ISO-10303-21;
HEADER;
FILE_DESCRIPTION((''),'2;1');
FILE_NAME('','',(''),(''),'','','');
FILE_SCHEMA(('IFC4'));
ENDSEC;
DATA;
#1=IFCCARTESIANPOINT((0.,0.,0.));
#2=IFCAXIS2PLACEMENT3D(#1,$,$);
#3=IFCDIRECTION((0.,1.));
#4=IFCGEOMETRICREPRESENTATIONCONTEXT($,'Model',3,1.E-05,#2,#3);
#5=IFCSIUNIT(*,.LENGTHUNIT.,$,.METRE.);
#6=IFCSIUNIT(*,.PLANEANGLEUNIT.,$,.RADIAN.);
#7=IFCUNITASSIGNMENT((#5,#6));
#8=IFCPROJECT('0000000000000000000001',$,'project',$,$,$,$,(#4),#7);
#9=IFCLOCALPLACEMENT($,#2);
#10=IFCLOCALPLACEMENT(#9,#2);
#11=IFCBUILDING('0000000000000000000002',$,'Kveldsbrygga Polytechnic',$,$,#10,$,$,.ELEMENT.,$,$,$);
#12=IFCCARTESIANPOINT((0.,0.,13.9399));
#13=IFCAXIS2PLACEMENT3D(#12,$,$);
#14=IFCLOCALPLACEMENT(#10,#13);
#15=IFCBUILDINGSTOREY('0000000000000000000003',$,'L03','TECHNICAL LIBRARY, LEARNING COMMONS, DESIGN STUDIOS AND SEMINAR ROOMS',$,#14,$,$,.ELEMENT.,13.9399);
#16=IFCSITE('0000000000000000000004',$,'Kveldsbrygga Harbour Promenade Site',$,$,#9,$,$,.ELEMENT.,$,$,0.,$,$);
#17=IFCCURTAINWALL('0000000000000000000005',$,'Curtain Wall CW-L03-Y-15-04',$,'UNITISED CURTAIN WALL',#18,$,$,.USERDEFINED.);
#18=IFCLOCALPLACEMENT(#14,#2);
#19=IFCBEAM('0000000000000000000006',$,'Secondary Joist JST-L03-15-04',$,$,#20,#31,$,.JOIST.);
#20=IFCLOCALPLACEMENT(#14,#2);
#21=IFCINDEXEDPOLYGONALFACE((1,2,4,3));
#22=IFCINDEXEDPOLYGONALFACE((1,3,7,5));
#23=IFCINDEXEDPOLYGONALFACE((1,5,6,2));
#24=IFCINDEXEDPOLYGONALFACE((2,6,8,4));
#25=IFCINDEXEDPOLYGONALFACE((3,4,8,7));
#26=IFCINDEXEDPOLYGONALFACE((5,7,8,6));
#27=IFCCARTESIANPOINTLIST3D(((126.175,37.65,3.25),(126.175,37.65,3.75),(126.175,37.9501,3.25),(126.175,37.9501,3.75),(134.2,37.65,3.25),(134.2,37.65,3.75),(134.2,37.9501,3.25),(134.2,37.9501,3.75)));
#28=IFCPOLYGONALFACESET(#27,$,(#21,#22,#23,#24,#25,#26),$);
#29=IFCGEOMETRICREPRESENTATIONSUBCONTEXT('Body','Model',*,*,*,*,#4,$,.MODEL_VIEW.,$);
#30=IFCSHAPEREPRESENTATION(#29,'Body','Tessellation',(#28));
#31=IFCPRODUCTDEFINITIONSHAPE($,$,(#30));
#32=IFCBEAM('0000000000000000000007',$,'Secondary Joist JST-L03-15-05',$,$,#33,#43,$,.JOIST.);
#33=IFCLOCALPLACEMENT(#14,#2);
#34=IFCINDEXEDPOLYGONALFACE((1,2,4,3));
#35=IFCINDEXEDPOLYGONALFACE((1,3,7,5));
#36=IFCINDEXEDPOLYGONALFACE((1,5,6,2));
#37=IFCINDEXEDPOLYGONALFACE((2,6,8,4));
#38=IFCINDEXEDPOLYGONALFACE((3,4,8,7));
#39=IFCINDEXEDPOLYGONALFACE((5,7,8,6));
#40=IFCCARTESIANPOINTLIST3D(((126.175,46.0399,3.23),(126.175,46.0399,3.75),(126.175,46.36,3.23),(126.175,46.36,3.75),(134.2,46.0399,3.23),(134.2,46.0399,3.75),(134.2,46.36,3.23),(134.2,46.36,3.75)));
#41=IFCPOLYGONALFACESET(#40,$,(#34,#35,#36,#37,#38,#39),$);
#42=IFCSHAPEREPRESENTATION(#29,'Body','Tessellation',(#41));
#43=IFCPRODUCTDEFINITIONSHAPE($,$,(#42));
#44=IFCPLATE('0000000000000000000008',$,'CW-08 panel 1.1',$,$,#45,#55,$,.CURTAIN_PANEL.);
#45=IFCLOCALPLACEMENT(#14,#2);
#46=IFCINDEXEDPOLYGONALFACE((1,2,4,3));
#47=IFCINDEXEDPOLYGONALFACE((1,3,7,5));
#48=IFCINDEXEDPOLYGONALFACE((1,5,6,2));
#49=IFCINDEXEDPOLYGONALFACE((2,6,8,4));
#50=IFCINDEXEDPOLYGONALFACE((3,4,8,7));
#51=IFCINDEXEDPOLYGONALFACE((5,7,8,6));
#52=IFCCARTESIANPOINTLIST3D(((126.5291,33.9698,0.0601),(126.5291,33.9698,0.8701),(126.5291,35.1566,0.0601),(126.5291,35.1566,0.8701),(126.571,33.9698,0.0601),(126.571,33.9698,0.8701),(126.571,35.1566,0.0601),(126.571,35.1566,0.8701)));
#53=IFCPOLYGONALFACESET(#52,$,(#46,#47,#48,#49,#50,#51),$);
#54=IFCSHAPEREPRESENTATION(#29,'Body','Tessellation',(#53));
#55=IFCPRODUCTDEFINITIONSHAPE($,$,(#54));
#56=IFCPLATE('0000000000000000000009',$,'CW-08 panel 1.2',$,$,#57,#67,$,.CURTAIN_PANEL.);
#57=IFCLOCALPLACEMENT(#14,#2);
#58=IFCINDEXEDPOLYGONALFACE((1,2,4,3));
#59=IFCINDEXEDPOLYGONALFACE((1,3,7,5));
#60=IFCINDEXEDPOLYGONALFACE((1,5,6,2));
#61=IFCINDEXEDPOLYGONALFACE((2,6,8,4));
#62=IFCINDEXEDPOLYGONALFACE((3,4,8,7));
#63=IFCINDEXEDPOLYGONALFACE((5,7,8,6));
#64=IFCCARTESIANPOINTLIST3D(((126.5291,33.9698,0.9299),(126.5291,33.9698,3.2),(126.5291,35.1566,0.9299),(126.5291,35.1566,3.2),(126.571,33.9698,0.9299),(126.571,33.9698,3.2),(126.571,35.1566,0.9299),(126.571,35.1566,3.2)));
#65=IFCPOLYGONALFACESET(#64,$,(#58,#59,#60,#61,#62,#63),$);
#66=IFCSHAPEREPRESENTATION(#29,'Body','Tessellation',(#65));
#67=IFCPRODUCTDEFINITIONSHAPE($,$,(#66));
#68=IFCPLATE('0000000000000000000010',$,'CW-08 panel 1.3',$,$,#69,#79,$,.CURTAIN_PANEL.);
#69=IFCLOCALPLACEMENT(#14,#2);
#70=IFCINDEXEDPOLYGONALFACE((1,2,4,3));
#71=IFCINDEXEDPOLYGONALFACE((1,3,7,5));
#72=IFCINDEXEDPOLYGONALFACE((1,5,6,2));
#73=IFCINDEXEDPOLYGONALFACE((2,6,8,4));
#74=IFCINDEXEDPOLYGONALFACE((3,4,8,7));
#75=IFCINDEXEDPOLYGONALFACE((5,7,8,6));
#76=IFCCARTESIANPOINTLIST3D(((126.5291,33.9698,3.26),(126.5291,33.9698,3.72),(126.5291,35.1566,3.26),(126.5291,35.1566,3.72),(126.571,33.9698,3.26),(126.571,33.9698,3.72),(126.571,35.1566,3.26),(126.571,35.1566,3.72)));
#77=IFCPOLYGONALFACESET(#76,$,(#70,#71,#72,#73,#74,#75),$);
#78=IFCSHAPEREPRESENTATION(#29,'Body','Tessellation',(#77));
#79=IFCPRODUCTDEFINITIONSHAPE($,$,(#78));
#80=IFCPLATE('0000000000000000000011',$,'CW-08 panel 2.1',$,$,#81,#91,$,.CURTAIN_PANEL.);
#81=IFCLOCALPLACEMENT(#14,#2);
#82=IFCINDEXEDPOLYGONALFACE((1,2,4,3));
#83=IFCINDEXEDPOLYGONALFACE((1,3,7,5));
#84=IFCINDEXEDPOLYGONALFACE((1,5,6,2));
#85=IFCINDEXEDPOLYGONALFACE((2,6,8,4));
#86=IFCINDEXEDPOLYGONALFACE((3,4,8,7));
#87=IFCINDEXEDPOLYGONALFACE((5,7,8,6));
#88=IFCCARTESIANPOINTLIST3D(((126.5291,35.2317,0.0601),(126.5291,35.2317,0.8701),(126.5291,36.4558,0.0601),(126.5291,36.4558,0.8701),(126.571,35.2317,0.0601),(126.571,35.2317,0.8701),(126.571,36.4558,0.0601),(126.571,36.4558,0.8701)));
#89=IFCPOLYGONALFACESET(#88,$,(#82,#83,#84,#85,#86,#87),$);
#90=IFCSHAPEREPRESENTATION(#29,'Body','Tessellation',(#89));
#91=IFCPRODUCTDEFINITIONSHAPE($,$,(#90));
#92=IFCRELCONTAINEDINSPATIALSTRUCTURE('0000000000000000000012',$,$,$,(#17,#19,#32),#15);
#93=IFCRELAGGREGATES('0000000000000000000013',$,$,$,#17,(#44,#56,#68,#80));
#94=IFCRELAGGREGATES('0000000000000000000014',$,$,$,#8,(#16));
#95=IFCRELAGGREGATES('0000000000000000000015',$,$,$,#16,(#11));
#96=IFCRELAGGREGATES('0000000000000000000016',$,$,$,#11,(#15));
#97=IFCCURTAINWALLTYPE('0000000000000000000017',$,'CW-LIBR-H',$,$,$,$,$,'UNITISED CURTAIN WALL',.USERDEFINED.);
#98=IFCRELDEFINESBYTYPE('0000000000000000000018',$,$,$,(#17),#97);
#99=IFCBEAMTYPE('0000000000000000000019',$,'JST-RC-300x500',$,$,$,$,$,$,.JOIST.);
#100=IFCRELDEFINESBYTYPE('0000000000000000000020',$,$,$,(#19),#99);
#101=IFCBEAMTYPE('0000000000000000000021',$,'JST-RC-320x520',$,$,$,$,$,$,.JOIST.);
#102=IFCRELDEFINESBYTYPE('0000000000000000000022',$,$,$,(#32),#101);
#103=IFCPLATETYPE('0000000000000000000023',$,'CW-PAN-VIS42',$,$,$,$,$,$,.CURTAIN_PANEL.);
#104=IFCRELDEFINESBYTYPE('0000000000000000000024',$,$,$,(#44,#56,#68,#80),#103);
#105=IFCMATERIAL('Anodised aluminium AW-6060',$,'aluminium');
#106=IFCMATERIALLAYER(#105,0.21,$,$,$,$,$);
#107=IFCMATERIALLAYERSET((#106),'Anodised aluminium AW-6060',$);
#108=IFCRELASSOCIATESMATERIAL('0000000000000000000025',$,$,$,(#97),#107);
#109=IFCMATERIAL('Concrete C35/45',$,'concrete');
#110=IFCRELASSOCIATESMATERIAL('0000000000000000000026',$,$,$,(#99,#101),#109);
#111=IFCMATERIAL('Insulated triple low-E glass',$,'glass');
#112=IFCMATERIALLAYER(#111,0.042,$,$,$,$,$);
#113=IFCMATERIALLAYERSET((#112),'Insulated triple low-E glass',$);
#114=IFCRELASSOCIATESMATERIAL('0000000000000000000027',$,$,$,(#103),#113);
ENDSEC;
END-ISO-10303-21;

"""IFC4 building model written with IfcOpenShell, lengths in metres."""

from ifc_helpers import new_model, si_unit, direction, frame, origin, origin_2d, place, context, subcontext, project, spatial, rectangle, extrude, material, layer, layer_set, material_profile, profile_set, type_object, element, aggregate, save


model = new_model("IFC4")

# Units and contexts
model_context = context("Model", 3, precision=1e-05, world=origin(), true_north=direction((0.0, 1.0)))
body_context = subcontext(model_context, "Body", "Model", "MODEL_VIEW")
ifc_project = project(units=[si_unit("LENGTHUNIT", "METRE"), si_unit("PLANEANGLEUNIT", "RADIAN")], contexts=[model_context])

# Site, building, storey
site_placement = place(None, origin())
site = spatial("IfcSite", under=ifc_project, at=site_placement, Name="Kveldsbrygga Harbour Promenade Site", CompositionType="ELEMENT", RefElevation=0.0)
building_placement = place(site_placement, origin())
building = spatial("IfcBuilding", under=site, at=building_placement, Name="Kveldsbrygga Polytechnic", CompositionType="ELEMENT")
storey_placement = place(building_placement, frame((0.0, 0.0, 13.9399)))
storey = spatial("IfcBuildingStorey", under=building, at=storey_placement, Name="L03", Description="TECHNICAL LIBRARY, LEARNING COMMONS, DESIGN STUDIOS AND SEMINAR ROOMS", CompositionType="ELEMENT", Elevation=13.9399)

# Shared definitions
ifc_material_1 = material(Name="Concrete C35/45", Category="concrete")

# Curtain wall
ifc_material_2 = material(Name="Anodised aluminium AW-6060", Category="aluminium")
ifc_layer_1 = layer(ifc_material_2, 0.21)
ifc_layer_set_1 = layer_set([ifc_layer_1], Name="Anodised aluminium AW-6060")
curtain_wall_type = type_object("IfcCurtainWallType", Name="CW-LIBR-H", ElementType="UNITISED CURTAIN WALL", PredefinedType="USERDEFINED", material=ifc_layer_set_1)
curtain_wall_placement = place(storey_placement, origin())
curtain_wall = element("IfcCurtainWall", 1, at=curtain_wall_placement, inside=storey, type_object=curtain_wall_type, Name="Curtain Wall CW-L03-Y-15-04", ObjectType="UNITISED CURTAIN WALL", PredefinedType="USERDEFINED")

# Beams
ifc_material_profile_1 = material_profile(ifc_material_1, rectangle(XDim=0.3, YDim=0.5, at=origin_2d()), Name="RC 300x500")
ifc_profile_set_1 = profile_set([ifc_material_profile_1], Name="Concrete C35/45")
beam_type_1 = type_object("IfcBeamType", Name="JST-RC-300x500", PredefinedType="JOIST", material=ifc_profile_set_1)
beam_1_placement = place(storey_placement, frame((126.175, 37.8, 3.5), z_axis=(1.0, 0.0, 0.0), x_axis=(0.0, 1.0, 0.0)))
element("IfcBeam", 2, at=beam_1_placement, inside=storey, type_object=beam_type_1, Name="Secondary Joist JST-L03-15-04", PredefinedType="JOIST", context=body_context, shape_type="SweptSolid", body=[
    extrude(rectangle(XDim=0.3, YDim=0.5, at=origin_2d()), origin(), (0.0, 0.0, 1.0), 8.0249),
])
ifc_material_profile_2 = material_profile(ifc_material_1, rectangle(XDim=0.3201, YDim=0.52, at=origin_2d()), Name="RC 320x520")
ifc_profile_set_2 = profile_set([ifc_material_profile_2], Name="Concrete C35/45")
beam_type_2 = type_object("IfcBeamType", Name="JST-RC-320x520", PredefinedType="JOIST", material=ifc_profile_set_2)
beam_2_placement = place(storey_placement, frame((126.175, 46.2, 3.49), z_axis=(1.0, 0.0, 0.0), x_axis=(0.0, 1.0, 0.0)))
element("IfcBeam", 3, at=beam_2_placement, inside=storey, type_object=beam_type_2, Name="Secondary Joist JST-L03-15-05", PredefinedType="JOIST", context=body_context, shape_type="SweptSolid", body=[
    extrude(rectangle(XDim=0.3201, YDim=0.52, at=origin_2d()), origin(), (0.0, 0.0, 1.0), 8.0249),
])

# Plates
ifc_material_3 = material(Name="Insulated triple low-E glass", Category="glass")
ifc_layer_2 = layer(ifc_material_3, 0.042)
ifc_layer_set_2 = layer_set([ifc_layer_2], Name="Insulated triple low-E glass")
plate_type = type_object("IfcPlateType", Name="CW-PAN-VIS42", PredefinedType="CURTAIN_PANEL", material=ifc_layer_set_2)
plate_1_placement = place(storey_placement, frame((126.55, 34.5632, 0.0601), z_axis=(0.0, 0.0, 1.0), x_axis=(0.0, 1.0, 0.0)))
plate_1 = element("IfcPlate", 4, at=plate_1_placement, type_object=plate_type, Name="CW-08 panel 1.1", PredefinedType="CURTAIN_PANEL", context=body_context, shape_type="SweptSolid", body=[
    extrude(rectangle(XDim=1.1868, YDim=0.042, at=origin_2d()), origin(), (0.0, 0.0, 1.0), 0.8101),
])
plate_2_placement = place(storey_placement, frame((126.55, 34.5632, 0.9299), z_axis=(0.0, 0.0, 1.0), x_axis=(0.0, 1.0, 0.0)))
plate_2 = element("IfcPlate", 5, at=plate_2_placement, type_object=plate_type, Name="CW-08 panel 1.2", PredefinedType="CURTAIN_PANEL", context=body_context, shape_type="SweptSolid", body=[
    extrude(rectangle(XDim=1.1868, YDim=0.042, at=origin_2d()), origin(), (0.0, 0.0, 1.0), 2.27),
])
plate_3_placement = place(storey_placement, frame((126.55, 34.5632, 3.26), z_axis=(0.0, 0.0, 1.0), x_axis=(0.0, 1.0, 0.0)))
plate_3 = element("IfcPlate", 6, at=plate_3_placement, type_object=plate_type, Name="CW-08 panel 1.3", PredefinedType="CURTAIN_PANEL", context=body_context, shape_type="SweptSolid", body=[
    extrude(rectangle(XDim=1.1868, YDim=0.042, at=origin_2d()), origin(), (0.0, 0.0, 1.0), 0.46),
])
plate_4_placement = place(storey_placement, frame((126.55, 35.8438, 0.0601), z_axis=(0.0, 0.0, 1.0), x_axis=(0.0, 1.0, 0.0)))
plate_4 = element("IfcPlate", 7, at=plate_4_placement, type_object=plate_type, Name="CW-08 panel 2.1", PredefinedType="CURTAIN_PANEL", context=body_context, shape_type="SweptSolid", body=[
    extrude(rectangle(XDim=1.2241, YDim=0.042, at=origin_2d()), origin(), (0.0, 0.0, 1.0), 0.8101),
])
aggregate(curtain_wall, [plate_1, plate_2, plate_3, plate_4])

save(model, "model.ifc")
